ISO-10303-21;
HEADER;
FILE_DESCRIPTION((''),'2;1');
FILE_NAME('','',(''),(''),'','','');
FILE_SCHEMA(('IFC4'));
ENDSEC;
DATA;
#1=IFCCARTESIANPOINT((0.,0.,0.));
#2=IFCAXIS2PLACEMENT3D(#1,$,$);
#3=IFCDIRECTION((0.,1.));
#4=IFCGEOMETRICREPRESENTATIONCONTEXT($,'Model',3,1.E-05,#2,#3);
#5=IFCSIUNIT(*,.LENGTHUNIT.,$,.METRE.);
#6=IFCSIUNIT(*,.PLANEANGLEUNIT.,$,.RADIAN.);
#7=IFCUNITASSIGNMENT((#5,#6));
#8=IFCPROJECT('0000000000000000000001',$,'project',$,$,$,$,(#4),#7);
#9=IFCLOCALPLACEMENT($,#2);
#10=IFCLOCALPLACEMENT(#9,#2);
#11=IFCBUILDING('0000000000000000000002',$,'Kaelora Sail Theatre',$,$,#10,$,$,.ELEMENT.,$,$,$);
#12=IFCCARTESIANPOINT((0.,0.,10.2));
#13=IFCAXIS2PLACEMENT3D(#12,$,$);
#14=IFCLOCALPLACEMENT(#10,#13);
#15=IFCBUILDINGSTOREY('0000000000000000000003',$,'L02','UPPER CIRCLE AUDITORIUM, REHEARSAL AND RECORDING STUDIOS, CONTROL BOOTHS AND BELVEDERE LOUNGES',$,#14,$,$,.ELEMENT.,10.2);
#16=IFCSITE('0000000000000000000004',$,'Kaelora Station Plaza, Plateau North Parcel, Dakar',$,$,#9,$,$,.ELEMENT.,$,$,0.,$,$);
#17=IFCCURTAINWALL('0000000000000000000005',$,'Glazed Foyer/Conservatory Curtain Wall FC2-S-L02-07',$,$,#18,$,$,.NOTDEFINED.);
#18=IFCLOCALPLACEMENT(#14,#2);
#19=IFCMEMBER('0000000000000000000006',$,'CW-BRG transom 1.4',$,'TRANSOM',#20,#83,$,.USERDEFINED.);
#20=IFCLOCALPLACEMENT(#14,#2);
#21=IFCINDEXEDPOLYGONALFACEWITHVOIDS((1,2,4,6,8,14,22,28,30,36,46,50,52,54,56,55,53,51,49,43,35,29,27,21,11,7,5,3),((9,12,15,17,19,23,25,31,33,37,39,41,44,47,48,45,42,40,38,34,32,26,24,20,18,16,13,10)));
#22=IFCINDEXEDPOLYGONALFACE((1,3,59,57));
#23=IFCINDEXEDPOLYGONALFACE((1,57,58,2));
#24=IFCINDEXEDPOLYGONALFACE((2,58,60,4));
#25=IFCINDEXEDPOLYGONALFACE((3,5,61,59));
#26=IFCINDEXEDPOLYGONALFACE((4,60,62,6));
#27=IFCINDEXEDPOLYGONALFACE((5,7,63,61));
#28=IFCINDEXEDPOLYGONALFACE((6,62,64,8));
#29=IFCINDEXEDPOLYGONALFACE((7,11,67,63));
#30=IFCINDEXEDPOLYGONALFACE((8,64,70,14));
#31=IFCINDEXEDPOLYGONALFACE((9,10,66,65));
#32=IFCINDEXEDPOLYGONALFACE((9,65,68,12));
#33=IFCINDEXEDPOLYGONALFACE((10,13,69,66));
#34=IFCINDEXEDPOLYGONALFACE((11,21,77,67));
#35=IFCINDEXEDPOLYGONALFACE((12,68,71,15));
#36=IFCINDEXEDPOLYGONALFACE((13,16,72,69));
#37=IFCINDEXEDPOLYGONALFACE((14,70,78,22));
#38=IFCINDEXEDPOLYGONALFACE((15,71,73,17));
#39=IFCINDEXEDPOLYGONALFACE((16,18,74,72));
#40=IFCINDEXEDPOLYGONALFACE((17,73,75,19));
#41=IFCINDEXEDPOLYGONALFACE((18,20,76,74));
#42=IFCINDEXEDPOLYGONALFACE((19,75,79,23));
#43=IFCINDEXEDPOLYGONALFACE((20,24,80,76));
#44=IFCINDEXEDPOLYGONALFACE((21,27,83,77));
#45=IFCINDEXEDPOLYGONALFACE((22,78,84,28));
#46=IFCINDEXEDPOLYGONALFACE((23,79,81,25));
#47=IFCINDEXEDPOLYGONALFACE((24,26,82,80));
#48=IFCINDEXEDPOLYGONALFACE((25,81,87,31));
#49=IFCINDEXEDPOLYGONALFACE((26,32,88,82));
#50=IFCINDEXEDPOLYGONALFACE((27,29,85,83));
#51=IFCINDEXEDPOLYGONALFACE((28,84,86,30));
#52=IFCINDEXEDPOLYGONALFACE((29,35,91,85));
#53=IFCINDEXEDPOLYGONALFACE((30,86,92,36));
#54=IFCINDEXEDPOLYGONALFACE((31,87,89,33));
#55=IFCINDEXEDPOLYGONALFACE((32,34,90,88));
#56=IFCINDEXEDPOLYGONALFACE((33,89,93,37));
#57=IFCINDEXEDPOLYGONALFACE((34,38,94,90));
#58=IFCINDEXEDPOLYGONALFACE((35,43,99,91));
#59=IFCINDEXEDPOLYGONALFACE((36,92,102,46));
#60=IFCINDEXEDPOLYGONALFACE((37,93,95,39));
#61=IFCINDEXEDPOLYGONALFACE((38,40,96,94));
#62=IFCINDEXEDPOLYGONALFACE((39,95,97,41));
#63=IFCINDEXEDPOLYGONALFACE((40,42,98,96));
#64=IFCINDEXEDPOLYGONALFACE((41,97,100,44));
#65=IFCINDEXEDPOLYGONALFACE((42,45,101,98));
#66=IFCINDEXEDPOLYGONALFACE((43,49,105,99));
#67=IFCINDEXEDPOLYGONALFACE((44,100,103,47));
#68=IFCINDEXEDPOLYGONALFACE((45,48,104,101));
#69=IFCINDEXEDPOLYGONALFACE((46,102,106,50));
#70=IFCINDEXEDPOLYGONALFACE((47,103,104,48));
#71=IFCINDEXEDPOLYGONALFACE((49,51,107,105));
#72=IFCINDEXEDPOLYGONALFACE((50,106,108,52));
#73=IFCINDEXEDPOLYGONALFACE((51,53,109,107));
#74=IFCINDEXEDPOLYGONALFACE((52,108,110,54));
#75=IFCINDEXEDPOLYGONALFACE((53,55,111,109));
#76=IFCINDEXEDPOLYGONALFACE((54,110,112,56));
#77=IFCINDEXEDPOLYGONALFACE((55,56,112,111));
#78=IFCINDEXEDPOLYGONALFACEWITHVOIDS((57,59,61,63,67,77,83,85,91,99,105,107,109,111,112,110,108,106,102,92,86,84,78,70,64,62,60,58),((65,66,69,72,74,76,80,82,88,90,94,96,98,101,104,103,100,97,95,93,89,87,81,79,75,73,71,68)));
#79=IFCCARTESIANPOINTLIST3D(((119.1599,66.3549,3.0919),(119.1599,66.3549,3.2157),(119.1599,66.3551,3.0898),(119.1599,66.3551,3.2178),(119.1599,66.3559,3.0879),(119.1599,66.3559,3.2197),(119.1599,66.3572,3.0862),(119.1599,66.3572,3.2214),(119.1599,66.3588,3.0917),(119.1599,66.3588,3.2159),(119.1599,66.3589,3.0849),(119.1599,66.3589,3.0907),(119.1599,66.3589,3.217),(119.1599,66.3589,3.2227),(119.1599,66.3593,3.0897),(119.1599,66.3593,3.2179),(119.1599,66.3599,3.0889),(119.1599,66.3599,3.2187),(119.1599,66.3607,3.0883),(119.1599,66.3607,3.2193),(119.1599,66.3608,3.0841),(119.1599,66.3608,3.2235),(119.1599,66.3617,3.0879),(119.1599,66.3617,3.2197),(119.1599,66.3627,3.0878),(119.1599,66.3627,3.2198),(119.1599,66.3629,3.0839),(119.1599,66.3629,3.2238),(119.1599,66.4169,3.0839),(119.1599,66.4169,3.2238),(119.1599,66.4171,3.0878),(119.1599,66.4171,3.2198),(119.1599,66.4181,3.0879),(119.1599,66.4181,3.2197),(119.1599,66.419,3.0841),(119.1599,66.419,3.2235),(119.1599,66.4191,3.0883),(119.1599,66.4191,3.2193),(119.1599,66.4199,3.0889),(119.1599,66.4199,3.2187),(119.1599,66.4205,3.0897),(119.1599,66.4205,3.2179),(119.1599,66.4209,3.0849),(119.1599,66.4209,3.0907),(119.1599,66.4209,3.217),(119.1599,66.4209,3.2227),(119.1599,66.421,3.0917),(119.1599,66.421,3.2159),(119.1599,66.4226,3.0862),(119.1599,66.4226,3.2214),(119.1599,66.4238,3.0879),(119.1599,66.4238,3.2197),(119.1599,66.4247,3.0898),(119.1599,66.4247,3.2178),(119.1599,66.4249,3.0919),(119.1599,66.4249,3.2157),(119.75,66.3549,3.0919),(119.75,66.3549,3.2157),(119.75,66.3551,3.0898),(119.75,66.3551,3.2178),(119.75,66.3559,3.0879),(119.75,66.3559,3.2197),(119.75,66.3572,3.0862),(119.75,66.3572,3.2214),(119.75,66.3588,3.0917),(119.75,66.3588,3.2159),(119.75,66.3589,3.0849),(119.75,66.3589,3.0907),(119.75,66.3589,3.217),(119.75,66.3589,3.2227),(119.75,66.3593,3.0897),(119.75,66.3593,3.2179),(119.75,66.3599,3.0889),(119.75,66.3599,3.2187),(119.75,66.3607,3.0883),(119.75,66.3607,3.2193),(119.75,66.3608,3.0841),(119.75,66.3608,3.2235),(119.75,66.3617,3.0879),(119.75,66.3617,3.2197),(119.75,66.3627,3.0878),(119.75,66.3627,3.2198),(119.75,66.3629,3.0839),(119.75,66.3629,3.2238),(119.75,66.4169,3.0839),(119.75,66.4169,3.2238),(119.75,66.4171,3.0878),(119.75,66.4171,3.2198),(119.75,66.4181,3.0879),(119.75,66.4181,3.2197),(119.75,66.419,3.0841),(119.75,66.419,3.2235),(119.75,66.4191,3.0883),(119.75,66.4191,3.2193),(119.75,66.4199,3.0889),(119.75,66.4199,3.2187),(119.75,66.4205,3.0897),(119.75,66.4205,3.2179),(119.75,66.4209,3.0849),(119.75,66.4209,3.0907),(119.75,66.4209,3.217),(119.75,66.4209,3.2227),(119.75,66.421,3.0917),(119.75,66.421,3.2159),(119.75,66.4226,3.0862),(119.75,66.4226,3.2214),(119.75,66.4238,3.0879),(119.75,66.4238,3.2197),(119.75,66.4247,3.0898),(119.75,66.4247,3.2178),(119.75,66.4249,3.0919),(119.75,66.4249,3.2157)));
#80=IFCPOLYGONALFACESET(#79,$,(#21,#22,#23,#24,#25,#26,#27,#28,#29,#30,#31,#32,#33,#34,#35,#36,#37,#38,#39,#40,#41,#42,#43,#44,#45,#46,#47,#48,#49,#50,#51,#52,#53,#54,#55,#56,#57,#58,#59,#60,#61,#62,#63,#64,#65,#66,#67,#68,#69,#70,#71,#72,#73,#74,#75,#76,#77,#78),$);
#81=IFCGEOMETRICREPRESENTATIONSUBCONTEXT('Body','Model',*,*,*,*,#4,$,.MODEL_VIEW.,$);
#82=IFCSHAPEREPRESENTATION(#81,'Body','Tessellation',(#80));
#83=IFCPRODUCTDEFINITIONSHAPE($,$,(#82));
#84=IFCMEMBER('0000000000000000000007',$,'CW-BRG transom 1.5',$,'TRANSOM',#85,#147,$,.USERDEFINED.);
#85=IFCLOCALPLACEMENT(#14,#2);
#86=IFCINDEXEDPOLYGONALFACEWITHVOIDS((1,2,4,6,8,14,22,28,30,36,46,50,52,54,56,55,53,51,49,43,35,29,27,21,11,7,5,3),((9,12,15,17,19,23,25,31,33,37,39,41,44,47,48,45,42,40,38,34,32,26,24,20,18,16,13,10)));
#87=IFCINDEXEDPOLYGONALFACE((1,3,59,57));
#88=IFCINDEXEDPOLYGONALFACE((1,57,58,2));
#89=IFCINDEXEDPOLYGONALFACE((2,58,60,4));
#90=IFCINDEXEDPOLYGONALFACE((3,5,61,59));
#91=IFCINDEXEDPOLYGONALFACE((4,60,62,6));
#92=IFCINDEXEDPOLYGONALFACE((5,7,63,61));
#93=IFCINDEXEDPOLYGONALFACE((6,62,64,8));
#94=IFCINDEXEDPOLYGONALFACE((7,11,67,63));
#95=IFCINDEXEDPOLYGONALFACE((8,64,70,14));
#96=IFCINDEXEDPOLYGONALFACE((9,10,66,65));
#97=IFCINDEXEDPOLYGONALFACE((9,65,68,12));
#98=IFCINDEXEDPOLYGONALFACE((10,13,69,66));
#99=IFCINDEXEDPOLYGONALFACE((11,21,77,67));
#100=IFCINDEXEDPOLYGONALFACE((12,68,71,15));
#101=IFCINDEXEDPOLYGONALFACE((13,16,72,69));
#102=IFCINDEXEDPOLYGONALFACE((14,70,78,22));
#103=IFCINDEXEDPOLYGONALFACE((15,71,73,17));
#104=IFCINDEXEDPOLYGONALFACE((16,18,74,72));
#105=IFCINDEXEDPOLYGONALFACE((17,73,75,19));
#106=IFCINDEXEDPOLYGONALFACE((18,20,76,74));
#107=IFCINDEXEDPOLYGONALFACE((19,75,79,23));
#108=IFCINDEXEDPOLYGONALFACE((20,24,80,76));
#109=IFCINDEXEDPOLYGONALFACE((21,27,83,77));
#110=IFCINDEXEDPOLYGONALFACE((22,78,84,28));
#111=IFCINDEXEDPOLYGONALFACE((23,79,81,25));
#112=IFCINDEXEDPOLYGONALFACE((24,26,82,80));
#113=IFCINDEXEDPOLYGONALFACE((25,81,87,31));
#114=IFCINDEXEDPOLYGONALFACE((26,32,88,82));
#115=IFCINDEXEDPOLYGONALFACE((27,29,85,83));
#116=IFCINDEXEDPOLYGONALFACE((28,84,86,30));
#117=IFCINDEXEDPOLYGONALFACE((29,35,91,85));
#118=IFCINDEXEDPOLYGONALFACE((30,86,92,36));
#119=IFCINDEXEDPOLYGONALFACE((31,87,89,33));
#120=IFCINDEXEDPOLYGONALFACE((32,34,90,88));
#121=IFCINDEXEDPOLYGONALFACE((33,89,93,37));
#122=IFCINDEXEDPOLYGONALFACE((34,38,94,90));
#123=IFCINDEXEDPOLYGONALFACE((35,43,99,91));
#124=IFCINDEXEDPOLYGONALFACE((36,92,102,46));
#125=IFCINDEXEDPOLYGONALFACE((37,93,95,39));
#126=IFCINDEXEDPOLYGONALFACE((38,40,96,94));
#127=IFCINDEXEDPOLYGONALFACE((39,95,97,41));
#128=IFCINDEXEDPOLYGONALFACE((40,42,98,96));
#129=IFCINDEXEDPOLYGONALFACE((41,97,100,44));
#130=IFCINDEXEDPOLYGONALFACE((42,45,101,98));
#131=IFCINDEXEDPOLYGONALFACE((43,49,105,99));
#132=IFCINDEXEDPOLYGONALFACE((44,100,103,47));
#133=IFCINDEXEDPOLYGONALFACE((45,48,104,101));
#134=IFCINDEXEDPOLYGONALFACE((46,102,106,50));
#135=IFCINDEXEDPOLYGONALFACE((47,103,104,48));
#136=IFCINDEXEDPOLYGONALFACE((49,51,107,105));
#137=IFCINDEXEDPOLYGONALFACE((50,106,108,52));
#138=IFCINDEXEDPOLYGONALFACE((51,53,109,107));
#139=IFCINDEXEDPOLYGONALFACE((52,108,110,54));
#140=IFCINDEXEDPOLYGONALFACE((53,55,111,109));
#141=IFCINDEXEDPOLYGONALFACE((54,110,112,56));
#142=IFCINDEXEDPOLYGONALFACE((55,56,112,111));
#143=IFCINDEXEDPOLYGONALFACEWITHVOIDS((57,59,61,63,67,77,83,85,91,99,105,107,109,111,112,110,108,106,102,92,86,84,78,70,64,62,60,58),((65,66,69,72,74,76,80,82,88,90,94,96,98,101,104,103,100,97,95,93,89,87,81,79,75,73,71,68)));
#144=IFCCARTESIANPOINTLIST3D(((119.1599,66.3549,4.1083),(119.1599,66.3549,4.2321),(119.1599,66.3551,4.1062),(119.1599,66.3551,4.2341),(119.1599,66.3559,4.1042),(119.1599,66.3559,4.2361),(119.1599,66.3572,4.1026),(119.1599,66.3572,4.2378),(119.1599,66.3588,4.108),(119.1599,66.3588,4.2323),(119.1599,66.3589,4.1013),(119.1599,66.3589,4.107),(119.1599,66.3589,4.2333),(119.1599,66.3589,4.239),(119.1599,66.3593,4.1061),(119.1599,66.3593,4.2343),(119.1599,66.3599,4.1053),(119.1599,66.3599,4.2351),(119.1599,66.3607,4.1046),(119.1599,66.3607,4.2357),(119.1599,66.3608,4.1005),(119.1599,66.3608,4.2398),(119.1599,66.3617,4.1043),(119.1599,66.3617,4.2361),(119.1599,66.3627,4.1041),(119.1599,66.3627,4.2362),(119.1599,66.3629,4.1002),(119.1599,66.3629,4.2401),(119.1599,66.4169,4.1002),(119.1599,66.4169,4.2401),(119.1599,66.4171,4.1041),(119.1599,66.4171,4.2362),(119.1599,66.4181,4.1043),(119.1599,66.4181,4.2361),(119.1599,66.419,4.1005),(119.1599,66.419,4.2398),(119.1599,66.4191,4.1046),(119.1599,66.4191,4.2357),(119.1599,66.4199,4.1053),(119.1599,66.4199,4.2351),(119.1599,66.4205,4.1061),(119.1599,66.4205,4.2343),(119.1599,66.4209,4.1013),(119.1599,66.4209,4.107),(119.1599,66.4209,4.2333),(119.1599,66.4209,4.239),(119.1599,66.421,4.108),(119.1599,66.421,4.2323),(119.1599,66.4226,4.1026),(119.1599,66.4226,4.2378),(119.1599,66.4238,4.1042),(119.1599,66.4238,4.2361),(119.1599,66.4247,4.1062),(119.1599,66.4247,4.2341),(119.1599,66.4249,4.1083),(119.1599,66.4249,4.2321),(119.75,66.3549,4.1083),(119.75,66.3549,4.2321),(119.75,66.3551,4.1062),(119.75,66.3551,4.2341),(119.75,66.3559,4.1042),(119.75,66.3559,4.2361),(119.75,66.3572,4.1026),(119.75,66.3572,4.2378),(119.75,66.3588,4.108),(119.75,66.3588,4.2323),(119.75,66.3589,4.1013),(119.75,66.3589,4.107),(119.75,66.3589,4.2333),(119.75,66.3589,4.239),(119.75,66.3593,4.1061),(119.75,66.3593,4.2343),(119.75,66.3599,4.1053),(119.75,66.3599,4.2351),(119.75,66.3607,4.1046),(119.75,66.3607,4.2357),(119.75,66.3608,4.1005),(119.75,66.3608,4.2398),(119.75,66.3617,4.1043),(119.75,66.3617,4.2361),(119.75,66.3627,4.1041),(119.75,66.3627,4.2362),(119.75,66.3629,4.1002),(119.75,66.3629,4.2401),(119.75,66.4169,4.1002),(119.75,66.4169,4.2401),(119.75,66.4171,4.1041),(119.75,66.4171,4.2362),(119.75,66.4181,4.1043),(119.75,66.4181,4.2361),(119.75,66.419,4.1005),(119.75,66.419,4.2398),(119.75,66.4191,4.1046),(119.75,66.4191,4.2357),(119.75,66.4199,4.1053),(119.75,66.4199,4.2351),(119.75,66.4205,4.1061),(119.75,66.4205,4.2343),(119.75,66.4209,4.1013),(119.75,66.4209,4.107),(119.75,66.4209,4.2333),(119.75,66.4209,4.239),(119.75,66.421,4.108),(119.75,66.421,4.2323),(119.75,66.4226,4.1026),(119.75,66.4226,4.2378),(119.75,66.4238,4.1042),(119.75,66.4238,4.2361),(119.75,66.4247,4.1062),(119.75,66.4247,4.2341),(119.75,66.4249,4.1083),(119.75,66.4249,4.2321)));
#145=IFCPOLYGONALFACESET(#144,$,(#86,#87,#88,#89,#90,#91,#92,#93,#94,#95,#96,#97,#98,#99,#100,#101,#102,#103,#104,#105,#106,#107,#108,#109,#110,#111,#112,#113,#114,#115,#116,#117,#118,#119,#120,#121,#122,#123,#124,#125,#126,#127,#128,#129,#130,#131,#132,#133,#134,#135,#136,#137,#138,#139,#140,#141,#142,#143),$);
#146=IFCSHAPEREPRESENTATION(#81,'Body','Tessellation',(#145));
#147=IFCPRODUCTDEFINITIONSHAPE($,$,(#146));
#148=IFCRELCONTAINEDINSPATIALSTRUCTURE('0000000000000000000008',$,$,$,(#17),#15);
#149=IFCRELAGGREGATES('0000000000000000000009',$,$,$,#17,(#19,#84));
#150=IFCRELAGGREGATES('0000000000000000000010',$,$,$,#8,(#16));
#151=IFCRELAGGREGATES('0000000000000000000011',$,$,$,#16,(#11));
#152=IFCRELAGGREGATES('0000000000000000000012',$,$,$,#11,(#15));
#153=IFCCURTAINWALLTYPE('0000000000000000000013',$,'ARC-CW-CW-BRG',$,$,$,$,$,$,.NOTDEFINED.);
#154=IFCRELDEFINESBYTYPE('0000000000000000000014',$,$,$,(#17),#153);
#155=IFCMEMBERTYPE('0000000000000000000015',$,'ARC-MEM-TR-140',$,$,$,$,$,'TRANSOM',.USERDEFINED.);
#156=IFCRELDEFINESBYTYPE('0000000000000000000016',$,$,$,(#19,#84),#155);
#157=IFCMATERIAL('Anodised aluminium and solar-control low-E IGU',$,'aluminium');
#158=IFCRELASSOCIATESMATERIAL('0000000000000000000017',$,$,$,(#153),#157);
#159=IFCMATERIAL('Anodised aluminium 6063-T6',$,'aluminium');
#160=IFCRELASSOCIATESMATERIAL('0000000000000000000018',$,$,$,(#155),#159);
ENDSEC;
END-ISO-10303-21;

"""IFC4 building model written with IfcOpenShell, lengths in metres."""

from ifc_helpers import new_model, si_unit, direction, frame, origin, origin_2d, place, context, subcontext, project, spatial, hollow_rectangle, extrude, material, material_profile, profile_set, type_object, element, aggregate, save


model = new_model("IFC4")

# Units and contexts
model_context = context("Model", 3, precision=1e-05, world=origin(), true_north=direction((0.0, 1.0)))
body_context = subcontext(model_context, "Body", "Model", "MODEL_VIEW")
ifc_project = project(units=[si_unit("LENGTHUNIT", "METRE"), si_unit("PLANEANGLEUNIT", "RADIAN")], contexts=[model_context])

# Site, building, storey
site_placement = place(None, origin())
site = spatial("IfcSite", under=ifc_project, at=site_placement, Name="Kaelora Station Plaza, Plateau North Parcel, Dakar", CompositionType="ELEMENT", RefElevation=0.0)
building_placement = place(site_placement, origin())
building = spatial("IfcBuilding", under=site, at=building_placement, Name="Kaelora Sail Theatre", CompositionType="ELEMENT")
storey_placement = place(building_placement, frame((0.0, 0.0, 10.2)))
storey = spatial("IfcBuildingStorey", under=building, at=storey_placement, Name="L02", Description="UPPER CIRCLE AUDITORIUM, REHEARSAL AND RECORDING STUDIOS, CONTROL BOOTHS AND BELVEDERE LOUNGES", CompositionType="ELEMENT", Elevation=10.2)

# Shared definitions
ifc_material_1 = material(Name="Anodised aluminium and solar-control low-E IGU", Category="aluminium")
curtain_wall_type = type_object("IfcCurtainWallType", Name="ARC-CW-CW-BRG", PredefinedType="NOTDEFINED", material=ifc_material_1)

# Curtain wall
curtain_wall_1_placement = place(storey_placement, origin())
curtain_wall_1 = element("IfcCurtainWall", 1, at=curtain_wall_1_placement, inside=storey, type_object=curtain_wall_type, Name="Glazed Foyer/Conservatory Curtain Wall FC2-S-L02-07", PredefinedType="NOTDEFINED")

# Members
ifc_material_2 = material(Name="Anodised aluminium 6063-T6", Category="aluminium")
ifc_material_profile_1 = material_profile(ifc_material_2, hollow_rectangle(XDim=0.0701, YDim=0.1399, WallThickness=0.0039, InnerFilletRadius=0.0039, OuterFilletRadius=0.0081, at=origin_2d()), Name="ALU-TRAN 70x140x4")
ifc_profile_set_1 = profile_set([ifc_material_profile_1], Name="Anodised aluminium 6063-T6")
member_type_1 = type_object("IfcMemberType", Name="ARC-MEM-TR-140", ElementType="TRANSOM", PredefinedType="USERDEFINED", material=ifc_profile_set_1)
member_1_placement = place(storey_placement, frame((119.1599, 66.3899, 3.1538), z_axis=(1.0, 0.0, 0.0), x_axis=(0.0, 1.0, 0.0)))
member_1 = element("IfcMember", 2, at=member_1_placement, type_object=member_type_1, Name="CW-BRG transom 1.4", ObjectType="TRANSOM", PredefinedType="USERDEFINED", context=body_context, shape_type="SweptSolid", body=[
    extrude(hollow_rectangle(XDim=0.0701, YDim=0.1399, WallThickness=0.0039, InnerFilletRadius=0.0039, OuterFilletRadius=0.0081, at=origin_2d()), origin(), (0.0, 0.0, 1.0), 0.5901),
])
member_2_placement = place(storey_placement, frame((119.1599, 66.3899, 4.1702), z_axis=(1.0, 0.0, 0.0), x_axis=(0.0, 1.0, 0.0)))
member_2 = element("IfcMember", 3, at=member_2_placement, type_object=member_type_1, Name="CW-BRG transom 1.5", ObjectType="TRANSOM", PredefinedType="USERDEFINED", context=body_context, shape_type="SweptSolid", body=[
    extrude(hollow_rectangle(XDim=0.0701, YDim=0.1399, WallThickness=0.0039, InnerFilletRadius=0.0039, OuterFilletRadius=0.0081, at=origin_2d()), origin(), (0.0, 0.0, 1.0), 0.5901),
])

aggregate(curtain_wall_1, [member_1, member_2])

save(model, "model.ifc")
